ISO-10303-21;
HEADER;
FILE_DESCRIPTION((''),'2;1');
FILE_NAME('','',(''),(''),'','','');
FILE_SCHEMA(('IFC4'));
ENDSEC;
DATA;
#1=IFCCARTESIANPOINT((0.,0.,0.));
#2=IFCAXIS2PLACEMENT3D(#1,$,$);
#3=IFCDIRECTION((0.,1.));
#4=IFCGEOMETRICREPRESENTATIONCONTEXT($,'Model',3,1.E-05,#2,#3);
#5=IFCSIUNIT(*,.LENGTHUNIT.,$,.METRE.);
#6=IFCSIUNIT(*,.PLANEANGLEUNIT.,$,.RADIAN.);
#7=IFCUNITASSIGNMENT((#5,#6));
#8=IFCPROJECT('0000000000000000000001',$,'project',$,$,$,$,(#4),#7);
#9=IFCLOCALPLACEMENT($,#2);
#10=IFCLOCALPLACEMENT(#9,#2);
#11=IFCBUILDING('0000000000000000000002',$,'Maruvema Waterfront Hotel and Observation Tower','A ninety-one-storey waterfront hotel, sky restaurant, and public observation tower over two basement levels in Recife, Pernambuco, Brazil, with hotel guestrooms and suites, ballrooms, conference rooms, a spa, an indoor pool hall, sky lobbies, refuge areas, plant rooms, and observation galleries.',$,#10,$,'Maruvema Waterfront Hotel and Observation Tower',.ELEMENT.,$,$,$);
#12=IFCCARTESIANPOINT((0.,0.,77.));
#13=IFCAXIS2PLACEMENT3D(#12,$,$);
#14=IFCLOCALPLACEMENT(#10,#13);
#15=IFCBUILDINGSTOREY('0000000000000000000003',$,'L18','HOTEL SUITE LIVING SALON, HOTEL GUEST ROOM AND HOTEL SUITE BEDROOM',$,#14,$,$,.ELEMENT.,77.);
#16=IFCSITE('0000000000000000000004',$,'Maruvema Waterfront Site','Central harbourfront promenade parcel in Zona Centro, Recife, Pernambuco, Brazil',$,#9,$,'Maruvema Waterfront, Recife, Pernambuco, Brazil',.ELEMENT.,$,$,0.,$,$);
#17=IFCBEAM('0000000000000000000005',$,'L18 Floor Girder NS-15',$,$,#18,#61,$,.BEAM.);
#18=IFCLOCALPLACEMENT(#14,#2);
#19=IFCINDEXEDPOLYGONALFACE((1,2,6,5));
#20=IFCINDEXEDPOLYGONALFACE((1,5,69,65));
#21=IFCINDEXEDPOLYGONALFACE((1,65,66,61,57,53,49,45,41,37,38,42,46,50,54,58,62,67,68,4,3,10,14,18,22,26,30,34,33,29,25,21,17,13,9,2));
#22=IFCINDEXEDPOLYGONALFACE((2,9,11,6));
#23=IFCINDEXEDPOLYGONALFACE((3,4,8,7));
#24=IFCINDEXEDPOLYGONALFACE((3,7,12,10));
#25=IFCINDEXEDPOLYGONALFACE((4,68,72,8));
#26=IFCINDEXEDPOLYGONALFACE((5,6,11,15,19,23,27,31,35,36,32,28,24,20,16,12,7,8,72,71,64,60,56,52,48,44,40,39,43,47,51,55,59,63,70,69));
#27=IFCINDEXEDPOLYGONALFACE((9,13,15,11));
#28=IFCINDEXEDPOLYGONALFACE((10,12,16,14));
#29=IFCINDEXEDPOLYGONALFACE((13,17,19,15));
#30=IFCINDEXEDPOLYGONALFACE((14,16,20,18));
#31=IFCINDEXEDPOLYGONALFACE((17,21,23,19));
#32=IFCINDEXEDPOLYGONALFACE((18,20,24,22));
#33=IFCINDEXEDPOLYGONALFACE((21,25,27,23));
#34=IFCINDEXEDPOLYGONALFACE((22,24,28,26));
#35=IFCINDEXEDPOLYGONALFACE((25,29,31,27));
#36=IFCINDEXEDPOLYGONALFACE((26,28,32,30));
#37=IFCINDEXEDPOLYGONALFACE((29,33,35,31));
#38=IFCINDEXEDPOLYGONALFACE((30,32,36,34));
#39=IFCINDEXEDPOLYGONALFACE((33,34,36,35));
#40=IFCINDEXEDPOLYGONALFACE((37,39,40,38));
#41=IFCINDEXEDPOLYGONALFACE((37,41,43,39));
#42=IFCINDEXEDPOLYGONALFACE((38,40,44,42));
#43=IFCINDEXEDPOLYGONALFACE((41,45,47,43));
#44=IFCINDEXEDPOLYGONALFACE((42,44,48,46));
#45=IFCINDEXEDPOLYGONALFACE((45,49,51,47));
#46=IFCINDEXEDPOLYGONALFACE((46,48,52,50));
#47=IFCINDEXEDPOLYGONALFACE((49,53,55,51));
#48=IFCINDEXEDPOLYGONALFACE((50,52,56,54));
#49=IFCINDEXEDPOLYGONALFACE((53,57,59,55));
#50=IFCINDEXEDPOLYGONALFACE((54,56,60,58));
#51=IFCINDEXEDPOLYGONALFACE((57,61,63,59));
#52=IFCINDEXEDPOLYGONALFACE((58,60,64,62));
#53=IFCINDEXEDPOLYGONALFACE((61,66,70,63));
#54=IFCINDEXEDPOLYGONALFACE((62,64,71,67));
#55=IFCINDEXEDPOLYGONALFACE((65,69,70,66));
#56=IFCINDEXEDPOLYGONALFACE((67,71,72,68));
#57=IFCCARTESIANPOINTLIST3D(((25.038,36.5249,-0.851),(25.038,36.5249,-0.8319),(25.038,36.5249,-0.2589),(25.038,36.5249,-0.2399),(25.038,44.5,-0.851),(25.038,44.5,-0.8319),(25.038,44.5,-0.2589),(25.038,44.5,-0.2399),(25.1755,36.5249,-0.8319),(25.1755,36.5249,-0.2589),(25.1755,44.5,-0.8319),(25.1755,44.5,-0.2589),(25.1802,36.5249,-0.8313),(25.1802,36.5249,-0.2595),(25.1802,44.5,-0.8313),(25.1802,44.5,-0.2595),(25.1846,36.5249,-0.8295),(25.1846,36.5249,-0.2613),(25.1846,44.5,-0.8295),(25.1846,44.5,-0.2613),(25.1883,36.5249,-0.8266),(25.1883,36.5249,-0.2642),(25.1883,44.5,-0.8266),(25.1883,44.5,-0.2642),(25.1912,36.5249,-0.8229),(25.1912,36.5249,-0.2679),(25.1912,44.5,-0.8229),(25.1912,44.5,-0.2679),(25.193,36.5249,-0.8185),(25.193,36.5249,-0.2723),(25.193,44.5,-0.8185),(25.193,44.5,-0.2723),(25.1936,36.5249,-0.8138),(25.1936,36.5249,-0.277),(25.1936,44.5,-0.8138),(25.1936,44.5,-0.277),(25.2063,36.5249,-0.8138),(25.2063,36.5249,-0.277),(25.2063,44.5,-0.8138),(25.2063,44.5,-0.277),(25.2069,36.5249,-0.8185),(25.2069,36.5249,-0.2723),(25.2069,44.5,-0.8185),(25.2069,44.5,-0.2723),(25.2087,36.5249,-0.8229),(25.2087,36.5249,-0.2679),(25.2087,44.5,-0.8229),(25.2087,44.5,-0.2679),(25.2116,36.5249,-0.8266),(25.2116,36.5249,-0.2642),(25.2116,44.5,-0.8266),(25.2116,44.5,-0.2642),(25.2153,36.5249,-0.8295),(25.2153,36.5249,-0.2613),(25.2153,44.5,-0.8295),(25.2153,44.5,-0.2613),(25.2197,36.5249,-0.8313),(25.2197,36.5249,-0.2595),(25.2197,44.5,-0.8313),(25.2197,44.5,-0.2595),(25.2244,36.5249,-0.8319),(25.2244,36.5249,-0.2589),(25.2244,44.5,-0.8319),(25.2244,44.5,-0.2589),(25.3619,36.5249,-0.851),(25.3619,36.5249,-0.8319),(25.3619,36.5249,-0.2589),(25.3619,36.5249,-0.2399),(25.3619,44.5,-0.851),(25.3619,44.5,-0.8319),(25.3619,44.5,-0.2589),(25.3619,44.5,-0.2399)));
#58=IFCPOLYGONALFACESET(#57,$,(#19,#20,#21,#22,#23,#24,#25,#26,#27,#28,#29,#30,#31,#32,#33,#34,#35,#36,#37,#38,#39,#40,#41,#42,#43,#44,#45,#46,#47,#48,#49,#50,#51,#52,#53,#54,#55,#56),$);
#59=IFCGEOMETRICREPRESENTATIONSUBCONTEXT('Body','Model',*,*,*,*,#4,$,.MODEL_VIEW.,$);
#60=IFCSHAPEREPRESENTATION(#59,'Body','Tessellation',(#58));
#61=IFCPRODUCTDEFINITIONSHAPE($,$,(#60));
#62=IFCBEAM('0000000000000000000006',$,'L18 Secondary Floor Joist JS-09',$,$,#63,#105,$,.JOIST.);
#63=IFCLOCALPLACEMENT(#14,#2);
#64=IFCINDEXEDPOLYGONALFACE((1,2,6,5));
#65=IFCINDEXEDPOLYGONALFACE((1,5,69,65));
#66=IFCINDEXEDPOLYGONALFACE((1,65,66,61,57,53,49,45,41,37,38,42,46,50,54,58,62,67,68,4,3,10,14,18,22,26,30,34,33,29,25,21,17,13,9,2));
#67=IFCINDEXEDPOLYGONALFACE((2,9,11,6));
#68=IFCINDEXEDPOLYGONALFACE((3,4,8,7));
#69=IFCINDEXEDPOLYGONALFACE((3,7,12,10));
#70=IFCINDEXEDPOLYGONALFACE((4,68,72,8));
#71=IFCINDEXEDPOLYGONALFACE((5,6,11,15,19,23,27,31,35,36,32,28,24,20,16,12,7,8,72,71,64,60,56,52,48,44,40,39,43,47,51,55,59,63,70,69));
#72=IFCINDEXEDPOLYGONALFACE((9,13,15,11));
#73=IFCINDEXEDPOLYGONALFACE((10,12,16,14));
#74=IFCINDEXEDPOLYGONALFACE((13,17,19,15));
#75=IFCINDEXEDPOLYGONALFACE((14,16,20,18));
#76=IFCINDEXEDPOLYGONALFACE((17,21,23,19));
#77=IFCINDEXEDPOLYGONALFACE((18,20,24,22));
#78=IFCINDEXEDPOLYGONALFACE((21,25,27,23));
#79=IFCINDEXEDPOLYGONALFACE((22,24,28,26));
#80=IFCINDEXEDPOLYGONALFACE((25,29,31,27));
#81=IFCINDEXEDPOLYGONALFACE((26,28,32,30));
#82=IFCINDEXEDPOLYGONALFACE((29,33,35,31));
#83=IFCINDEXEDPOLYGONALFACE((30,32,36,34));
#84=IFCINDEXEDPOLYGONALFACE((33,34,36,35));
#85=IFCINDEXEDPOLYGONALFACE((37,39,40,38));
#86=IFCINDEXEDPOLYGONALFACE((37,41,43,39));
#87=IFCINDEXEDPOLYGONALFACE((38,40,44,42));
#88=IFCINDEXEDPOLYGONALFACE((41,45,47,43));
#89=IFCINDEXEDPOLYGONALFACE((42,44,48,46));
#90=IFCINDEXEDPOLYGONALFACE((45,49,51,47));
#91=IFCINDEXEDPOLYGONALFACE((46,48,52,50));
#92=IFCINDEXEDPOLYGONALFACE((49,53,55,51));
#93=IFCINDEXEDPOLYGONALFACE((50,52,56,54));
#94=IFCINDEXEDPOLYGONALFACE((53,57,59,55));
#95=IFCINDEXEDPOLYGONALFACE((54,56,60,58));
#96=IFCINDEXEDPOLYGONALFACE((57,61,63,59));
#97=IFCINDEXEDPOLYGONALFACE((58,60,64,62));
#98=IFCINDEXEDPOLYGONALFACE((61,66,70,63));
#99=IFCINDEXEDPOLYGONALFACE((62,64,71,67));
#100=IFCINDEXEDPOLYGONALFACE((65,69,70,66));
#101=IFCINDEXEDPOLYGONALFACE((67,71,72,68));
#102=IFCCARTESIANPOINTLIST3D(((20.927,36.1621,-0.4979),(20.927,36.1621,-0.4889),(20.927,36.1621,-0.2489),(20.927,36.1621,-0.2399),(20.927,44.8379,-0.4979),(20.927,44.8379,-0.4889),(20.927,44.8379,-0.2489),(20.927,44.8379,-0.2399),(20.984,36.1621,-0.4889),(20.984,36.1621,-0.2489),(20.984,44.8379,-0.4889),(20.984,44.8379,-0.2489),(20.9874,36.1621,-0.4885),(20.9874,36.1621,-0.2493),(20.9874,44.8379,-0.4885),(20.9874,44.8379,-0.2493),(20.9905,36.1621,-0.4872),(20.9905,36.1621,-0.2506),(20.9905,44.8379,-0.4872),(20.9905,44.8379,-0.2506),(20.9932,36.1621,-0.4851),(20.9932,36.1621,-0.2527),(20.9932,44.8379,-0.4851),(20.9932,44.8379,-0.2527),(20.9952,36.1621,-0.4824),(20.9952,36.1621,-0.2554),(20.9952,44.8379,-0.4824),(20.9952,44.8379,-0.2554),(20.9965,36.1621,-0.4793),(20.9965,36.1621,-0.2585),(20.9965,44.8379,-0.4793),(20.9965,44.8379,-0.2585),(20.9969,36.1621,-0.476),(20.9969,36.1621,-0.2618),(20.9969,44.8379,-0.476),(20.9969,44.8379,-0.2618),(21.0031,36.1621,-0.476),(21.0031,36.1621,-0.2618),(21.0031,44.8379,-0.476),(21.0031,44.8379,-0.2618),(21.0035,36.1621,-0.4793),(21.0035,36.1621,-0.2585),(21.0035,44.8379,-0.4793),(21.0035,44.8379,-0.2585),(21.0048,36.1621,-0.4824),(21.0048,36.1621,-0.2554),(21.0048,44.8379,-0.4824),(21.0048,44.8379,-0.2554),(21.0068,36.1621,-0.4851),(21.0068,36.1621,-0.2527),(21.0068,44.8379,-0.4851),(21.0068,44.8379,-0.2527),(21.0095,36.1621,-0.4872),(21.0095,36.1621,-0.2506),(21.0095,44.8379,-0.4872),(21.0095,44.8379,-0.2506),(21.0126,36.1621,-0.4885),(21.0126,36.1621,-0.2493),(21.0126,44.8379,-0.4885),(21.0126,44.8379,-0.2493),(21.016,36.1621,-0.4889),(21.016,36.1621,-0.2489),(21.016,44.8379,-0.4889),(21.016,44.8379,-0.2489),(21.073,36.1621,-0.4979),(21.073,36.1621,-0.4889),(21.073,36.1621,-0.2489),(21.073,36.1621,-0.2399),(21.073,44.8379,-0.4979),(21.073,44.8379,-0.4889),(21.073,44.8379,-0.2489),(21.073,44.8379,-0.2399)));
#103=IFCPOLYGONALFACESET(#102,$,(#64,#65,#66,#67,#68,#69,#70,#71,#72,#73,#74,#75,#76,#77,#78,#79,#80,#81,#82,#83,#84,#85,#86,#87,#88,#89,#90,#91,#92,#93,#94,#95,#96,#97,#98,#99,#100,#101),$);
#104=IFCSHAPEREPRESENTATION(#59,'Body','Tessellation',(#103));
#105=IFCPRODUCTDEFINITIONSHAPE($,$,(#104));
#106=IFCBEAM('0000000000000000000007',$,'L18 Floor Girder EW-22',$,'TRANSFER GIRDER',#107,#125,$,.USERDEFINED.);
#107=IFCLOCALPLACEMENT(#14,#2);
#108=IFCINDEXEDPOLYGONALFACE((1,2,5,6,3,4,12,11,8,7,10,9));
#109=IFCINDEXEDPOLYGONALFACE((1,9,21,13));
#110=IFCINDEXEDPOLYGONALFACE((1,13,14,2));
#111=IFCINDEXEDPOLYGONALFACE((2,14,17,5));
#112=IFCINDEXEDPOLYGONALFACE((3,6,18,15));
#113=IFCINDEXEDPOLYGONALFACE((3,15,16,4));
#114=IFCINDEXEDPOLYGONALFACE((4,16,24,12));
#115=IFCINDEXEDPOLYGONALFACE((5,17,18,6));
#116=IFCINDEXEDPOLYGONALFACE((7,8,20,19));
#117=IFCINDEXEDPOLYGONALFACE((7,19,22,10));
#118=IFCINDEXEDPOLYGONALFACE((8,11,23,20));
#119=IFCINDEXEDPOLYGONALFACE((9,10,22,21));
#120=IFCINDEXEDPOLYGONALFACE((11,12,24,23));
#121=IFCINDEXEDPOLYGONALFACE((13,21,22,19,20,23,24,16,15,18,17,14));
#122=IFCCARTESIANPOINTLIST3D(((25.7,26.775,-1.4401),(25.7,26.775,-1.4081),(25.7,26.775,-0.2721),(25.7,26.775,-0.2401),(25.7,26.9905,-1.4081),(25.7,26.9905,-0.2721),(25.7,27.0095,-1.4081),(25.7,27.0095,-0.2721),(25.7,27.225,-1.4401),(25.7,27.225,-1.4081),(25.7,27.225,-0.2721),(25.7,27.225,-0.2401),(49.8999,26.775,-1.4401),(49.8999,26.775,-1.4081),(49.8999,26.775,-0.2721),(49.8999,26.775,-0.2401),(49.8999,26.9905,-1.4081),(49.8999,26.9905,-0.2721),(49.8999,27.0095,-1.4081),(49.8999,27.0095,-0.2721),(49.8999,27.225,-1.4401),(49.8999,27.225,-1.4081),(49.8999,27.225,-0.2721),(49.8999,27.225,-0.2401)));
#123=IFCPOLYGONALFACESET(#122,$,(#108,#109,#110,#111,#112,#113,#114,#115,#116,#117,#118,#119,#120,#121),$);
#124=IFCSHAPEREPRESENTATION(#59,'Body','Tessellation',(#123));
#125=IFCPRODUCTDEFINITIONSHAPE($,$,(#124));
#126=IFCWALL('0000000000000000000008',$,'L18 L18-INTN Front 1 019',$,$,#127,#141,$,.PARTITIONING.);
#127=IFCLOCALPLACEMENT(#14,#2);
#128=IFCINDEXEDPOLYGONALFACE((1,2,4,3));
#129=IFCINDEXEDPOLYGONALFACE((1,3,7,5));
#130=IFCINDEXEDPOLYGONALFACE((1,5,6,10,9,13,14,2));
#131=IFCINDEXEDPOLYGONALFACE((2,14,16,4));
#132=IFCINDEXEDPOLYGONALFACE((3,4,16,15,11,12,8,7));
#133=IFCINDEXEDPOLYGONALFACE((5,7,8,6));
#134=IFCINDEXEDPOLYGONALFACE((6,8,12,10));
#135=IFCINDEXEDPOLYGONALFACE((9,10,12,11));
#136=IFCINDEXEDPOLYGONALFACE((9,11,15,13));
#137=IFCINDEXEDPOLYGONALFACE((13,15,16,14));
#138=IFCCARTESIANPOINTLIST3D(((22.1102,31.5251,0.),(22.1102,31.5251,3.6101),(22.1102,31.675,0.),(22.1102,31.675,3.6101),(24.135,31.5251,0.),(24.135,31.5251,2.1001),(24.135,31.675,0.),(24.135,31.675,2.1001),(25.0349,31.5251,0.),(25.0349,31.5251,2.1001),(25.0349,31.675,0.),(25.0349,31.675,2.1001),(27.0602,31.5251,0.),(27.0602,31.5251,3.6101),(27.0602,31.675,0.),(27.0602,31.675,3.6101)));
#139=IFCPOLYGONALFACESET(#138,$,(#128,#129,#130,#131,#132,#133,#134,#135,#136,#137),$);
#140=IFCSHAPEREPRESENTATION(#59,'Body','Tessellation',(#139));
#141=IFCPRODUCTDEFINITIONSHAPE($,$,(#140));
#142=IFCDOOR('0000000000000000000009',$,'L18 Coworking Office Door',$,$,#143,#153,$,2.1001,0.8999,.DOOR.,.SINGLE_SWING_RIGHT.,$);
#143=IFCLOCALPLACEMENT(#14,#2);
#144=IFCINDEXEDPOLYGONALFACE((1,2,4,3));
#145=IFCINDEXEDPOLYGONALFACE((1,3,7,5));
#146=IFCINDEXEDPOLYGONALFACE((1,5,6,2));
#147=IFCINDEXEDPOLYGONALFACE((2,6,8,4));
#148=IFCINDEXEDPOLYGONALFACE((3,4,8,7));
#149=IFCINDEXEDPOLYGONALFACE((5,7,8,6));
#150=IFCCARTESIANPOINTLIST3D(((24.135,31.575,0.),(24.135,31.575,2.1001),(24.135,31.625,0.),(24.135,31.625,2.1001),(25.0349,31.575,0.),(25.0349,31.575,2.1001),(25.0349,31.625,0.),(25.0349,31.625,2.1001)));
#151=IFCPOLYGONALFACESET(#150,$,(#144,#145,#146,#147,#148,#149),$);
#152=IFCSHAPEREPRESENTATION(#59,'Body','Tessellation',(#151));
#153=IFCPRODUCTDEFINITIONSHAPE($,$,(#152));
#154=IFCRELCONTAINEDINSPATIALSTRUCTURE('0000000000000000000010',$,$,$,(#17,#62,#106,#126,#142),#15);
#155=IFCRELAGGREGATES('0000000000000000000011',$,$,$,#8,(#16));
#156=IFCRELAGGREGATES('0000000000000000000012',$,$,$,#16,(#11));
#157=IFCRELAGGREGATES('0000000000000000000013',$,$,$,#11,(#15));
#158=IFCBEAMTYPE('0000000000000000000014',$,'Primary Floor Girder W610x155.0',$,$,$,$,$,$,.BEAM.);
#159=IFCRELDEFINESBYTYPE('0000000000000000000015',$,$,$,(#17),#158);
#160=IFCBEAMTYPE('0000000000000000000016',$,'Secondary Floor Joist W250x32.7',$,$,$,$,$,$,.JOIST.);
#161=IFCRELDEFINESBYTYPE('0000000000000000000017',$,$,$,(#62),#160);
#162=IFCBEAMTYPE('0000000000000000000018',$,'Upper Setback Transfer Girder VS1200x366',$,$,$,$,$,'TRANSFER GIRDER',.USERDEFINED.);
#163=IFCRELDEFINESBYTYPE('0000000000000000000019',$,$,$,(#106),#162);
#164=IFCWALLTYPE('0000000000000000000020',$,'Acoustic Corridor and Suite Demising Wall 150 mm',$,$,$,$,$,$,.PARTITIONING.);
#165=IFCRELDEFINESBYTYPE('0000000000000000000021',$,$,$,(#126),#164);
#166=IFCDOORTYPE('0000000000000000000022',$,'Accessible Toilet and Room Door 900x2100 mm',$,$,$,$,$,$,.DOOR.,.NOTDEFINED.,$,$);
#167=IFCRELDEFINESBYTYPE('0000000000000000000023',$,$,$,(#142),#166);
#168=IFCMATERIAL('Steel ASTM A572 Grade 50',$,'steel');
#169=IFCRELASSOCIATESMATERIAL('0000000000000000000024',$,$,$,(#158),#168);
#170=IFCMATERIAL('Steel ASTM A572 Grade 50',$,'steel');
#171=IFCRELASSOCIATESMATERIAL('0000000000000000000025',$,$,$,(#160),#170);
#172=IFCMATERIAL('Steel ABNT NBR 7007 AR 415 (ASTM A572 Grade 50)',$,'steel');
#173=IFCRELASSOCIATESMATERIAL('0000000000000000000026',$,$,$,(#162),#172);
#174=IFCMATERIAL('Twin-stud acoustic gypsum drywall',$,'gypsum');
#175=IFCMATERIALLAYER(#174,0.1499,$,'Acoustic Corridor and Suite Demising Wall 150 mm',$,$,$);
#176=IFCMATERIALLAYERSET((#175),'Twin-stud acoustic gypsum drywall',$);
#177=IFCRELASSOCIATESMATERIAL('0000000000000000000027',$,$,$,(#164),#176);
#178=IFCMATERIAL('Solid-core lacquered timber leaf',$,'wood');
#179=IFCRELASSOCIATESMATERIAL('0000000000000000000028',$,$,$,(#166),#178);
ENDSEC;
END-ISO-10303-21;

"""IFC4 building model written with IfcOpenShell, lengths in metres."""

from ifc_helpers import new_model, si_unit, direction, frame, frame_2d, origin, origin_2d, place, context, subcontext, project, spatial, rectangle, i_section, extrude, material, layer, layer_set, material_profile, profile_set, type_object, element, fill, save


model = new_model("IFC4")

# Units and contexts
model_context = context("Model", 3, precision=1e-05, world=origin(), true_north=direction((0.0, 1.0)))
body_context = subcontext(model_context, "Body", "Model", "MODEL_VIEW")
ifc_project = project(units=[si_unit("LENGTHUNIT", "METRE"), si_unit("PLANEANGLEUNIT", "RADIAN")], contexts=[model_context])

# Site, building, storey
site_placement = place(None, origin())
site = spatial("IfcSite", under=ifc_project, at=site_placement, Name="Maruvema Waterfront Site", Description="Central harbourfront promenade parcel in Zona Centro, Recife, Pernambuco, Brazil", LongName="Maruvema Waterfront, Recife, Pernambuco, Brazil", CompositionType="ELEMENT", RefElevation=0.0)
building_placement = place(site_placement, origin())
building = spatial("IfcBuilding", under=site, at=building_placement, Name="Maruvema Waterfront Hotel and Observation Tower", Description="A ninety-one-storey waterfront hotel, sky restaurant, and public observation tower over two basement levels in Recife, Pernambuco, Brazil, with hotel guestrooms and suites, ballrooms, conference rooms, a spa, an indoor pool hall, sky lobbies, refuge areas, plant rooms, and observation galleries.", LongName="Maruvema Waterfront Hotel and Observation Tower", CompositionType="ELEMENT")
storey_placement = place(building_placement, frame((0.0, 0.0, 77.0)))
storey = spatial("IfcBuildingStorey", under=building, at=storey_placement, Name="L18", Description="HOTEL SUITE LIVING SALON, HOTEL GUEST ROOM AND HOTEL SUITE BEDROOM", CompositionType="ELEMENT", Elevation=77.0)

# Beams
ifc_material_1 = material(Name="Steel ASTM A572 Grade 50", Category="steel")
ifc_material_profile_1 = material_profile(ifc_material_1, i_section(OverallWidth=0.324, OverallDepth=0.6111, WebThickness=0.0127, FlangeThickness=0.019, FilletRadius=0.0181, at=origin_2d()), Name="W610x155.0")
ifc_profile_set_1 = profile_set([ifc_material_profile_1], Name="Steel ASTM A572 Grade 50")
beam_type_1 = type_object("IfcBeamType", Name="Primary Floor Girder W610x155.0", PredefinedType="BEAM", material=ifc_profile_set_1)
for number, where, z_axis, x_axis, name in (
    (1, (25.2, 36.5249, -0.5454), (0.0, 1.0, 0.0), (-1.0, 0.0, 0.0), "L18 Floor Girder NS-15"),
):
    element("IfcBeam", number, at=place(storey_placement, frame(where, z_axis=z_axis, x_axis=x_axis)), inside=storey, type_object=beam_type_1, Name=name, PredefinedType="BEAM", context=body_context, shape_type="SweptSolid", body=[
        extrude(i_section(OverallWidth=0.324, OverallDepth=0.6111, WebThickness=0.0127, FlangeThickness=0.019, FilletRadius=0.0181, at=origin_2d()), origin(), (0.0, 0.0, 1.0), 7.9751),
    ])
ifc_material_2 = material(Name="Steel ASTM A572 Grade 50", Category="steel")
ifc_material_profile_2 = material_profile(ifc_material_2, i_section(OverallWidth=0.146, OverallDepth=0.2581, WebThickness=0.0061, FlangeThickness=0.009, FilletRadius=0.0129, at=origin_2d()), Name="W250x32.7")
ifc_profile_set_2 = profile_set([ifc_material_profile_2], Name="Steel ASTM A572 Grade 50")
beam_type_2 = type_object("IfcBeamType", Name="Secondary Floor Joist W250x32.7", PredefinedType="JOIST", material=ifc_profile_set_2)
beam_1_placement = place(storey_placement, frame((21.0, 36.1621, -0.3689), z_axis=(0.0, 1.0, 0.0), x_axis=(-1.0, 0.0, 0.0)))
element("IfcBeam", 2, at=beam_1_placement, inside=storey, type_object=beam_type_2, Name="L18 Secondary Floor Joist JS-09", PredefinedType="JOIST", context=body_context, shape_type="SweptSolid", body=[
    extrude(i_section(OverallWidth=0.146, OverallDepth=0.2581, WebThickness=0.0061, FlangeThickness=0.009, FilletRadius=0.0129, at=origin_2d()), origin(), (0.0, 0.0, 1.0), 8.6758),
])
ifc_material_3 = material(Name="Steel ABNT NBR 7007 AR 415 (ASTM A572 Grade 50)", Category="steel")
ifc_material_profile_3 = material_profile(ifc_material_3, i_section(OverallWidth=0.45, OverallDepth=1.2, WebThickness=0.019, FlangeThickness=0.032, at=origin_2d()), Name="VS1200x366")
ifc_profile_set_3 = profile_set([ifc_material_profile_3], Name="Steel ABNT NBR 7007 AR 415 (ASTM A572 Grade 50)")
beam_type_3 = type_object("IfcBeamType", Name="Upper Setback Transfer Girder VS1200x366", ElementType="TRANSFER GIRDER", PredefinedType="USERDEFINED", material=ifc_profile_set_3)
beam_2_placement = place(storey_placement, frame((25.7, 27.0, -0.8401), z_axis=(1.0, 0.0, 0.0), x_axis=(0.0, 1.0, 0.0)))
element("IfcBeam", 3, at=beam_2_placement, inside=storey, type_object=beam_type_3, Name="L18 Floor Girder EW-22", ObjectType="TRANSFER GIRDER", PredefinedType="USERDEFINED", context=body_context, shape_type="SweptSolid", body=[
    extrude(i_section(OverallWidth=0.45, OverallDepth=1.2, WebThickness=0.019, FlangeThickness=0.032, at=origin_2d()), origin(), (0.0, 0.0, 1.0), 24.2),
])

# Wall, opening, door
ifc_material_4 = material(Name="Twin-stud acoustic gypsum drywall", Category="gypsum")
ifc_layer_1 = layer(ifc_material_4, 0.1499, Name="Acoustic Corridor and Suite Demising Wall 150 mm")
ifc_layer_set_1 = layer_set([ifc_layer_1], Name="Twin-stud acoustic gypsum drywall")
wall_type_1 = type_object("IfcWallType", Name="Acoustic Corridor and Suite Demising Wall 150 mm", PredefinedType="PARTITIONING", material=ifc_layer_set_1)
wall_1_placement = place(storey_placement, frame((22.1101, 31.6001, 0.0), z_axis=(0.0, 0.0, 1.0), x_axis=(1.0, 0.0, 0.0)))
wall_1 = element("IfcWall", 4, at=wall_1_placement, inside=storey, type_object=wall_type_1, Name="L18 L18-INTN Front 1 019", PredefinedType="PARTITIONING", context=body_context, shape_type="SweptSolid", body=[
    extrude(rectangle(XDim=4.95, YDim=0.1499, at=frame_2d((2.4751, 0.0))), origin(), (0.0, 0.0, 1.0), 3.6101),
])
opening_1_placement = place(wall_1_placement, frame((2.0249, 0.0, 0.0)))
opening_1 = element("IfcOpeningElement", 5, at=opening_1_placement, cuts=wall_1, PredefinedType="OPENING", context=body_context, shape_type="SweptSolid", body=[
    extrude(rectangle(XDim=0.8999, YDim=2.1001, at=frame_2d((0.45, 1.05))), frame((0.0, 0.085, 0.0), z_axis=(0.0, -1.0, 0.0), x_axis=(1.0, 0.0, 0.0)), (0.0, 0.0, 1.0), 0.1699),
])
ifc_material_5 = material(Name="Solid-core lacquered timber leaf", Category="wood")
door_type_1 = type_object("IfcDoorType", Name="Accessible Toilet and Room Door 900x2100 mm", OperationType="NOTDEFINED", PredefinedType="DOOR", material=ifc_material_5)
door_1_placement = place(opening_1_placement, origin())
door_1 = element("IfcDoor", 6, at=door_1_placement, inside=storey, type_object=door_type_1, Name="L18 Coworking Office Door", OperationType="SINGLE_SWING_RIGHT", OverallHeight=2.1001, OverallWidth=0.8999, PredefinedType="DOOR", context=body_context, shape_type="SweptSolid", body=[
    extrude(rectangle(XDim=0.8999, YDim=2.1001, at=frame_2d((0.45, 1.05))), frame((0.0, 0.0249, 0.0), z_axis=(0.0, -1.0, 0.0), x_axis=(1.0, 0.0, 0.0)), (0.0, 0.0, 1.0), 0.05),
])
fill(opening_1, door_1)

save(model, "model.ifc")
